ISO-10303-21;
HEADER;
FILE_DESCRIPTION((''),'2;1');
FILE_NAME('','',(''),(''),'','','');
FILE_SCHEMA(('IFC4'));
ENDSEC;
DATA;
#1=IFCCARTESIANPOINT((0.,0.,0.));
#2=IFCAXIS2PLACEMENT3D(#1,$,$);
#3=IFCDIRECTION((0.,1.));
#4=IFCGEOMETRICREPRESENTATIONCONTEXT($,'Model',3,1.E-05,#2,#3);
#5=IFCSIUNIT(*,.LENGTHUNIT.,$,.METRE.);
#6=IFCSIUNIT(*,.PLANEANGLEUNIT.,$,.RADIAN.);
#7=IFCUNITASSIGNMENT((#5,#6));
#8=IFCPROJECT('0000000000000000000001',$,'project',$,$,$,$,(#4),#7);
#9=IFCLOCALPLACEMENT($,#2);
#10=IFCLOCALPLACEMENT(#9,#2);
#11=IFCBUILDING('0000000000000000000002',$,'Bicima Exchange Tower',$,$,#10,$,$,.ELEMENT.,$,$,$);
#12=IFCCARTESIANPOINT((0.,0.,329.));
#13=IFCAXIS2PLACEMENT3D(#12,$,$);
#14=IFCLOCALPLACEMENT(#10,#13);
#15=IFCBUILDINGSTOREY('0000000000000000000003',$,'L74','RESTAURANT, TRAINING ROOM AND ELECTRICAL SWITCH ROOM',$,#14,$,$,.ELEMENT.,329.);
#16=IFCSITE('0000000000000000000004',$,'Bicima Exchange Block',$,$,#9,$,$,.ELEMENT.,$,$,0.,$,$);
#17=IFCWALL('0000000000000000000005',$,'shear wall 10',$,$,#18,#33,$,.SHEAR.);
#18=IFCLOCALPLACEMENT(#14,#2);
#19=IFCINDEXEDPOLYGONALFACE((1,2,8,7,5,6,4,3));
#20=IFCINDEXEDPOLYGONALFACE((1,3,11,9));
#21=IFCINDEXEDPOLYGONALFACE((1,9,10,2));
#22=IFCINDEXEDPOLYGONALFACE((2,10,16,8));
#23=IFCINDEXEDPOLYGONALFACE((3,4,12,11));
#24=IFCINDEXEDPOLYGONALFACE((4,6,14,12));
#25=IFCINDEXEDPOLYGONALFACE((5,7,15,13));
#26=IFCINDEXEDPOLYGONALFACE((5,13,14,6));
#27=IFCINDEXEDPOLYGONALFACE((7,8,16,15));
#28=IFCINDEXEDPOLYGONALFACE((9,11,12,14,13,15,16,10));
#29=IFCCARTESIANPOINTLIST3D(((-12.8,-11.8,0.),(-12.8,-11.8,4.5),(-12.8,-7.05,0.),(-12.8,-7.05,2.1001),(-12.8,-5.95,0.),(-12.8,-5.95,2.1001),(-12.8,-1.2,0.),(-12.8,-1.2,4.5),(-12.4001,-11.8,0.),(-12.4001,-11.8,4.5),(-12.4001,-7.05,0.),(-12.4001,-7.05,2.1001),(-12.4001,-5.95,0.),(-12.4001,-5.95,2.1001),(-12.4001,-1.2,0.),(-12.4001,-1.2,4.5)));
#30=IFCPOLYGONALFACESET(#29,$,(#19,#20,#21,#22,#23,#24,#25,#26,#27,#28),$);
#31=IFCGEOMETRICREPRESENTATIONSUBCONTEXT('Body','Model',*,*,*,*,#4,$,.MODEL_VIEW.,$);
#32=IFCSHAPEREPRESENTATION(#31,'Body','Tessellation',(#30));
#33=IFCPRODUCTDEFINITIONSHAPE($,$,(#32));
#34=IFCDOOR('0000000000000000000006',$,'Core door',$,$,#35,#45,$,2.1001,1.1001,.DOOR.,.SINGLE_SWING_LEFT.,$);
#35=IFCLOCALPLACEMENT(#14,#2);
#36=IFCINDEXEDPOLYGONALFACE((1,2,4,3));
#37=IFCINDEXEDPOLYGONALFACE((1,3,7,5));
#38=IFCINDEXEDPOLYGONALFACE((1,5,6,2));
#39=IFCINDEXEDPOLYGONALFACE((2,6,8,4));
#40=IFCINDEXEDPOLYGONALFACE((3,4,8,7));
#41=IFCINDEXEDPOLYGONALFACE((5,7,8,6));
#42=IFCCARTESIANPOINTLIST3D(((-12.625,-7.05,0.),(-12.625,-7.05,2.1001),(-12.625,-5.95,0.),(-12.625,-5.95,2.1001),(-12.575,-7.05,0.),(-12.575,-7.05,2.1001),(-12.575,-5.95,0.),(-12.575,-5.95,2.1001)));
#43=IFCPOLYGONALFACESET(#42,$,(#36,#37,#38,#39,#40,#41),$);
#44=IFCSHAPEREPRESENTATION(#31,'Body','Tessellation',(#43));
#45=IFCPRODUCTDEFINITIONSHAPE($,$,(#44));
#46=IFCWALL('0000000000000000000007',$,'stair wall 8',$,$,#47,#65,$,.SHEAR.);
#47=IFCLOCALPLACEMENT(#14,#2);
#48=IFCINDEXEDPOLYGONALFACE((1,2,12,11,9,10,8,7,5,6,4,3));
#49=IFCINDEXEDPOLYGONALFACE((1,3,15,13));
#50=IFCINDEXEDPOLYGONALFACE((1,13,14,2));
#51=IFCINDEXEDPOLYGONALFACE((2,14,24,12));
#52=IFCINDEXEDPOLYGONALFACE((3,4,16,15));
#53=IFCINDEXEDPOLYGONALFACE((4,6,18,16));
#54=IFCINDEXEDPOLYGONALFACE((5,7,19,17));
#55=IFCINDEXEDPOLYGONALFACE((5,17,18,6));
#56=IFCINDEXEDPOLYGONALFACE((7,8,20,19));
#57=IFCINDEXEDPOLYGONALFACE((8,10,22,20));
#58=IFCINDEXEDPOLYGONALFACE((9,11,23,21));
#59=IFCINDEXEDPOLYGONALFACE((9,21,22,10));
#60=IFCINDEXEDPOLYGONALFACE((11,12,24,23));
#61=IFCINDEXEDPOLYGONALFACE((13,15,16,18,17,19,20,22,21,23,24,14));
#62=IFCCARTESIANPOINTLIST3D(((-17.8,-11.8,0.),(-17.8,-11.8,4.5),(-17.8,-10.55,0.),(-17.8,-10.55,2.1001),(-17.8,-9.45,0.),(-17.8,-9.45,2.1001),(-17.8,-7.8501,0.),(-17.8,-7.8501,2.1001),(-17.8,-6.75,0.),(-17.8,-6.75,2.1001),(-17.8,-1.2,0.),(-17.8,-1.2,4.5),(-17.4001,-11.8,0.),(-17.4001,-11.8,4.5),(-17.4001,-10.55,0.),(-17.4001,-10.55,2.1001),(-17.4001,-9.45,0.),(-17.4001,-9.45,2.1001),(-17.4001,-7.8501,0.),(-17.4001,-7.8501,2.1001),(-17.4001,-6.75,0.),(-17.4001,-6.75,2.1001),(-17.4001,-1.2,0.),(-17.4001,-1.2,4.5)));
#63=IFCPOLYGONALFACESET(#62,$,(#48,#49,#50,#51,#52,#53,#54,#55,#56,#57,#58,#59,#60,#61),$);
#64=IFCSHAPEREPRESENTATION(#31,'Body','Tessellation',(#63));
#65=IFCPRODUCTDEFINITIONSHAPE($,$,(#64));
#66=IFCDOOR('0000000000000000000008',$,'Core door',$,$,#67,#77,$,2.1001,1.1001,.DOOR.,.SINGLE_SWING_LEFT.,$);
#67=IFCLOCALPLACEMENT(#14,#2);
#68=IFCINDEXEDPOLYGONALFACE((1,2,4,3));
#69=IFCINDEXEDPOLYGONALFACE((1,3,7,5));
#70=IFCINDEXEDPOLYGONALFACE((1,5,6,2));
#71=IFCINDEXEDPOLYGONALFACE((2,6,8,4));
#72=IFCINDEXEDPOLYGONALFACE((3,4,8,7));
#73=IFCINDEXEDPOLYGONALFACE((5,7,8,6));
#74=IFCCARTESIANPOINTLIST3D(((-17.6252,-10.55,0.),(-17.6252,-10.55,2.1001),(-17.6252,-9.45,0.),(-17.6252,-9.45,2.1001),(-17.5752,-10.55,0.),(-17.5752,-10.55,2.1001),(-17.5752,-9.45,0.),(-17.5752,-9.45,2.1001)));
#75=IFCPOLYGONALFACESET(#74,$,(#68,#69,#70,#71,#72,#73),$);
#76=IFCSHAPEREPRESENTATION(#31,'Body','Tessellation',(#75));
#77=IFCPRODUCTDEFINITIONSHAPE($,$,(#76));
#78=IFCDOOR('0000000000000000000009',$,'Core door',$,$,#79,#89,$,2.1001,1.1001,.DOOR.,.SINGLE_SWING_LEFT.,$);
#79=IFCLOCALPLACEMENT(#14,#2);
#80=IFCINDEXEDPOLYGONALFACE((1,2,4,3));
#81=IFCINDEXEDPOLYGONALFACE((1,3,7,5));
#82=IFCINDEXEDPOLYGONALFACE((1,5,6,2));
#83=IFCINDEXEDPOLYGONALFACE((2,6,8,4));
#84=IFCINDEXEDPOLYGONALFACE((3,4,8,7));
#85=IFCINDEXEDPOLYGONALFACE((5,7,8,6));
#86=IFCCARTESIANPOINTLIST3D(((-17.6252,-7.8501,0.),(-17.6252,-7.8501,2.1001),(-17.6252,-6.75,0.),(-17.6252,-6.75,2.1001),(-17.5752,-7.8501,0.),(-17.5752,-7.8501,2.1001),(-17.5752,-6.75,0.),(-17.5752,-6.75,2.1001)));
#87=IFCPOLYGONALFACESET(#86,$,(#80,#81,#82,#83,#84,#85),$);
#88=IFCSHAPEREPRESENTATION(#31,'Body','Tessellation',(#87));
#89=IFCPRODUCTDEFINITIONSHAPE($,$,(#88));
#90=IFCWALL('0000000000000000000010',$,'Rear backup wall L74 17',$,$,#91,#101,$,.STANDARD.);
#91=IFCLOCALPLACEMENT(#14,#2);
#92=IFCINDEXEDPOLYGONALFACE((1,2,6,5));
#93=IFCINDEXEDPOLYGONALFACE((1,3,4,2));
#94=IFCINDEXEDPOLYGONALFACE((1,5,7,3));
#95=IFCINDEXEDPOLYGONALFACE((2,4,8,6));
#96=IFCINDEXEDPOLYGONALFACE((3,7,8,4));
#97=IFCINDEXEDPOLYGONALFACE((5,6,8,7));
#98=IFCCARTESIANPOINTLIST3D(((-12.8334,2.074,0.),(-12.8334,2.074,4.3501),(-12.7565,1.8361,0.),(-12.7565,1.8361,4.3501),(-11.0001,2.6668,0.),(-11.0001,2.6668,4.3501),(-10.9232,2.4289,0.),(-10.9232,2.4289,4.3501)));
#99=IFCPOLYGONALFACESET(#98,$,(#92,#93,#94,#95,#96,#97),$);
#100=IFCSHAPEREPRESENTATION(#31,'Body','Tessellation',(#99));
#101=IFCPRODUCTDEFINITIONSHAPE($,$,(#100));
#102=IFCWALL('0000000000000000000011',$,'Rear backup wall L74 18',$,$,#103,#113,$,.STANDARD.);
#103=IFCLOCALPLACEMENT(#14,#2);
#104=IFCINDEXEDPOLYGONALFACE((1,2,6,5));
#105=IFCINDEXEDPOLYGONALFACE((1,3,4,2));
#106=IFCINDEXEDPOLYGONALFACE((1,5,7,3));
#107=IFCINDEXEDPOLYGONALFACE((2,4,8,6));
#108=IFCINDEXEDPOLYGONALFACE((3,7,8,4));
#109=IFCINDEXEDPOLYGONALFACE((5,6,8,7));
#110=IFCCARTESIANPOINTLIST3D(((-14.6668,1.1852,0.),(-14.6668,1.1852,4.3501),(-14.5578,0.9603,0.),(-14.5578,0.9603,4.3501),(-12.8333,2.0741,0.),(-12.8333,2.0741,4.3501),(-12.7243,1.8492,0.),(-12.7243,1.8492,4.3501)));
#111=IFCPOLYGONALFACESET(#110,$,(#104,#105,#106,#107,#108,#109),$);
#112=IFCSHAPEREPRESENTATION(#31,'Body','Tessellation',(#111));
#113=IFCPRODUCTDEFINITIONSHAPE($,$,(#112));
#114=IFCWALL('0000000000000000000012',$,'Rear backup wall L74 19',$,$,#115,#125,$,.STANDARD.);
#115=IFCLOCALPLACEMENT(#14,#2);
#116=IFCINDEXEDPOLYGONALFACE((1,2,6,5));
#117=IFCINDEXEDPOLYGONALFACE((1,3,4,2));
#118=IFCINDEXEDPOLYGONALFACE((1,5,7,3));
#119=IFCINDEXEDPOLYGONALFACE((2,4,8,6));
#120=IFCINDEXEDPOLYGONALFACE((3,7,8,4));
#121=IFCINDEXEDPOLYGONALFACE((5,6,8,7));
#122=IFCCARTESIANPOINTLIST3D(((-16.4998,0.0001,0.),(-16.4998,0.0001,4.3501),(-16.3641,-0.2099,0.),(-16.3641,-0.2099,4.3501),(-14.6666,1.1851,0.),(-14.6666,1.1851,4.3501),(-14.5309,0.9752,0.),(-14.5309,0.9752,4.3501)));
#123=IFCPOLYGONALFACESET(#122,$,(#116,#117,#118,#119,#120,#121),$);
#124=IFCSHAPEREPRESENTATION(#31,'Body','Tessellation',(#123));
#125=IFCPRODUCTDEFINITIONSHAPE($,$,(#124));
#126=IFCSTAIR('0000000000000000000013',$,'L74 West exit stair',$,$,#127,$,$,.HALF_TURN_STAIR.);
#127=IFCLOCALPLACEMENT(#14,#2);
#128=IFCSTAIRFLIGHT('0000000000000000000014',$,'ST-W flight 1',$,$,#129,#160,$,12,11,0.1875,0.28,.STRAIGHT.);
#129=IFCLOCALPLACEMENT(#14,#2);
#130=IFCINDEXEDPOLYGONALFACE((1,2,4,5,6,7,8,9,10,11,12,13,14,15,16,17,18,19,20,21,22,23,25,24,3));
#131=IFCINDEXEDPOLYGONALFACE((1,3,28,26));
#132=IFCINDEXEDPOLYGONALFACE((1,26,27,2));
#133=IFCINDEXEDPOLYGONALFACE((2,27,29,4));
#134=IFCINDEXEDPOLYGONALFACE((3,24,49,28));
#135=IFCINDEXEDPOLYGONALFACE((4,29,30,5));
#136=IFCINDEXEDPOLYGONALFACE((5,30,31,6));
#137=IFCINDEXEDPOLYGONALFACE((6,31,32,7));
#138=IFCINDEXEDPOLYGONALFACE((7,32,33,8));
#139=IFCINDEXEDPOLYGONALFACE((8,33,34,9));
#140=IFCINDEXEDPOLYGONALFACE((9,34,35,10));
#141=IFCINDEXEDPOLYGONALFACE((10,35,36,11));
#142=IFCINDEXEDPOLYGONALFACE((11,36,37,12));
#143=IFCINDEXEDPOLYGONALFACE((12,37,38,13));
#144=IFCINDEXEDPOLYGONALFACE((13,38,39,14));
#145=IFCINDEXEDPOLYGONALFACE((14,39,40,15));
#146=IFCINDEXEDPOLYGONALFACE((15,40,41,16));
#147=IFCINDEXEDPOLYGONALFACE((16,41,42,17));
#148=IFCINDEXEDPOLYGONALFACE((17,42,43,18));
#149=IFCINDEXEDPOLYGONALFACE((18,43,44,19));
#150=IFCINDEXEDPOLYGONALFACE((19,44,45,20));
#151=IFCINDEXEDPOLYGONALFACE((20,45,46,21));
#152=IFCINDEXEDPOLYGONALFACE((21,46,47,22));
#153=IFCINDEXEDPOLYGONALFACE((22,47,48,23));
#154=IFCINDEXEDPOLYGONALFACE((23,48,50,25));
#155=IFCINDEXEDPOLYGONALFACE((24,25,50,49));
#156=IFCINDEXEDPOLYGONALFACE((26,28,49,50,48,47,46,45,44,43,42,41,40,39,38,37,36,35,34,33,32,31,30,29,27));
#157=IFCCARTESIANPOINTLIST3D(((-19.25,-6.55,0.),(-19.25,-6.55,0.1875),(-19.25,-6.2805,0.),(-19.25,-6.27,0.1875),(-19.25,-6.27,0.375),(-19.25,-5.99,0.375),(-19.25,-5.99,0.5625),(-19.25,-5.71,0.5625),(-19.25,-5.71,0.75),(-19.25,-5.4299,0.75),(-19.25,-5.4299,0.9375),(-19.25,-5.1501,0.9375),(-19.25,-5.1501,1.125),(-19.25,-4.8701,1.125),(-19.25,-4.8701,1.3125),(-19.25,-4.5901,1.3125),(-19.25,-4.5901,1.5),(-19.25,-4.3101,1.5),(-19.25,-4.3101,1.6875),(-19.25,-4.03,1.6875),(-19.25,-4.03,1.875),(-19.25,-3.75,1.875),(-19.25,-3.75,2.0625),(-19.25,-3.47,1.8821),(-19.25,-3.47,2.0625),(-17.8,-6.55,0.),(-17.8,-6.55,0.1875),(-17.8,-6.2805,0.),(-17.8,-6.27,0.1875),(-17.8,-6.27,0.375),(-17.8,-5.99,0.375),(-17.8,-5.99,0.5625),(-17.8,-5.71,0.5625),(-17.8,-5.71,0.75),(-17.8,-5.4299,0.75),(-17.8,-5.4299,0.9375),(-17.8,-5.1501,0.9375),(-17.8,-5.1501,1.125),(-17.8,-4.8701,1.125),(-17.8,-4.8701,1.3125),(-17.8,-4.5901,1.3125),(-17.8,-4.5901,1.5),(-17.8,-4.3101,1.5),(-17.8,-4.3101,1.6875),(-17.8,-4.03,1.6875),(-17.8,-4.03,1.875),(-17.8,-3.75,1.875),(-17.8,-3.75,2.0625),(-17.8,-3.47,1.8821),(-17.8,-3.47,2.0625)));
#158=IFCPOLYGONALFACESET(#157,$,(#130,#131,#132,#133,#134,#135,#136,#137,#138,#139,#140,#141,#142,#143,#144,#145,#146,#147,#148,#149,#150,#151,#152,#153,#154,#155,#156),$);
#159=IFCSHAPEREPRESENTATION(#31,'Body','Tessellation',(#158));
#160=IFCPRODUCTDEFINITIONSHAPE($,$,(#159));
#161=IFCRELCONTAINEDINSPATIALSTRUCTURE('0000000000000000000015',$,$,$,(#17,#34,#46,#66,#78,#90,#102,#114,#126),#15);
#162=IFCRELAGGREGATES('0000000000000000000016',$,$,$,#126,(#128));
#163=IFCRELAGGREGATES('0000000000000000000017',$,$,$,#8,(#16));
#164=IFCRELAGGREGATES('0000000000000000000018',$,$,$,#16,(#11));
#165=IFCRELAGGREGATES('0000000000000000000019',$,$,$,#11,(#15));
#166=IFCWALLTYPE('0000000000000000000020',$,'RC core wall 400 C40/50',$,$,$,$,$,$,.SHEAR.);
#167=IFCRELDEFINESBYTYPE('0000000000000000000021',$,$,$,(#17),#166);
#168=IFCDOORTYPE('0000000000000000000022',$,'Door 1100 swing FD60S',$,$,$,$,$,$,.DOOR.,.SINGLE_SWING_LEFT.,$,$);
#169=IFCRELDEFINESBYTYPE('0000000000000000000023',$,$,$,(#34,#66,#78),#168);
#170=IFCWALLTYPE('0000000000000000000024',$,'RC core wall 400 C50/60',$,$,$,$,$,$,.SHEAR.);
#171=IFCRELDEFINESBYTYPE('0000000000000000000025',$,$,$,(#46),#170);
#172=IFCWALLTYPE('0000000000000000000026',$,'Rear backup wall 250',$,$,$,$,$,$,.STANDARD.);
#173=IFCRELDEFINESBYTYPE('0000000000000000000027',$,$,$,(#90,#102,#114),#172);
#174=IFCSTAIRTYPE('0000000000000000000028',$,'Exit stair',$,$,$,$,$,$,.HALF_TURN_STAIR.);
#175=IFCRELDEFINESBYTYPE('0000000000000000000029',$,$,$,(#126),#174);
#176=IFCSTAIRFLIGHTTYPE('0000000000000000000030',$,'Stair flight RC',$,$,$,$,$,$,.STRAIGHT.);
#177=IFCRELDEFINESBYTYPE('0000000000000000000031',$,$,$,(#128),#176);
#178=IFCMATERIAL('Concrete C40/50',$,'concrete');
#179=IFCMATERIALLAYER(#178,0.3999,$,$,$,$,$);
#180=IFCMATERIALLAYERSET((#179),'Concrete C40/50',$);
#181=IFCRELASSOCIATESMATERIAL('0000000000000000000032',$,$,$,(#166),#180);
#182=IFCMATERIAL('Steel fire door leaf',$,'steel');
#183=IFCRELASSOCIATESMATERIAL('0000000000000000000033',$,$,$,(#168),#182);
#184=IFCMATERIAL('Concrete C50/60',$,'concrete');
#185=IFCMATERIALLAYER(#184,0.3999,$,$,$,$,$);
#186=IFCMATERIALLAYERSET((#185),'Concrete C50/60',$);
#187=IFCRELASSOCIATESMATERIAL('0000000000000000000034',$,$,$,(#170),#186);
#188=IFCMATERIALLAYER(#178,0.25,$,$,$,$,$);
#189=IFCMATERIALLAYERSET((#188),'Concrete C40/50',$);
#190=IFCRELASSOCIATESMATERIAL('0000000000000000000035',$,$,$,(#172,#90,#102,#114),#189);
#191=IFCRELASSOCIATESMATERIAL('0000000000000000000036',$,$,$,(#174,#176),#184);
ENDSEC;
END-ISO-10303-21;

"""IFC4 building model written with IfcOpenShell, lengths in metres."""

from ifc_helpers import new_model, si_unit, direction, frame, frame_2d, origin, place, context, subcontext, project, spatial, polyline, rectangle, outline, extrude, material, layer, layer_set, layer_usage, type_object, element, fill, aggregate, save


model = new_model("IFC4")

# Units and contexts
model_context = context("Model", 3, precision=1e-05, world=origin(), true_north=direction((0.0, 1.0)))
body_context = subcontext(model_context, "Body", "Model", "MODEL_VIEW")
ifc_project = project(units=[si_unit("LENGTHUNIT", "METRE"), si_unit("PLANEANGLEUNIT", "RADIAN")], contexts=[model_context])

# Site, building, storey
site_placement = place(None, origin())
site = spatial("IfcSite", under=ifc_project, at=site_placement, Name="Bicima Exchange Block", CompositionType="ELEMENT", RefElevation=0.0)
building_placement = place(site_placement, origin())
building = spatial("IfcBuilding", under=site, at=building_placement, Name="Bicima Exchange Tower", CompositionType="ELEMENT")
storey_placement = place(building_placement, frame((0.0, 0.0, 329.0)))
storey = spatial("IfcBuildingStorey", under=building, at=storey_placement, Name="L74", Description="RESTAURANT, TRAINING ROOM AND ELECTRICAL SWITCH ROOM", CompositionType="ELEMENT", Elevation=329.0)

# Shared definitions
ifc_material_1 = material(Name="Concrete C40/50", Category="concrete")
ifc_layer_1 = layer(ifc_material_1, 0.3999)
ifc_layer_set_1 = layer_set([ifc_layer_1], Name="Concrete C40/50")
wall_type_1 = type_object("IfcWallType", Name="RC core wall 400 C40/50", PredefinedType="SHEAR", material=ifc_layer_set_1)

# Shared definitions
ifc_material_2 = material(Name="Steel fire door leaf", Category="steel")

# Wall, opening, door
wall_1_placement = place(storey_placement, frame((-12.6001, -11.8, 0.0), z_axis=(0.0, 0.0, 1.0), x_axis=(0.0, 1.0, 0.0)))
wall_1 = element("IfcWall", 1, at=wall_1_placement, inside=storey, type_object=wall_type_1, Name="shear wall 10", PredefinedType="SHEAR", context=body_context, shape_type="SweptSolid", body=[
    extrude(rectangle(XDim=10.6001, YDim=0.3999, at=frame_2d((5.3, 0.0))), origin(), (0.0, 0.0, 1.0), 4.5),
])
opening_1_placement = place(wall_1_placement, frame((4.75, 0.0, 0.0)))
opening_1 = element("IfcOpeningElement", 2, at=opening_1_placement, cuts=wall_1, PredefinedType="OPENING", context=body_context, shape_type="SweptSolid", body=[
    extrude(rectangle(XDim=1.1001, YDim=2.1001, at=frame_2d((0.55, 1.05))), frame((0.0, 0.2119, 0.0), z_axis=(0.0, -1.0, 0.0), x_axis=(1.0, 0.0, 0.0)), (0.0, 0.0, 1.0), 0.4238),
])
door_type_1 = type_object("IfcDoorType", Name="Door 1100 swing FD60S", OperationType="SINGLE_SWING_LEFT", PredefinedType="DOOR", material=ifc_material_2)
door_1_placement = place(opening_1_placement, origin())
door_1 = element("IfcDoor", 3, at=door_1_placement, inside=storey, type_object=door_type_1, Name="Core door", OperationType="SINGLE_SWING_LEFT", OverallHeight=2.1001, OverallWidth=1.1001, PredefinedType="DOOR", context=body_context, shape_type="SweptSolid", body=[
    extrude(rectangle(XDim=1.1001, YDim=2.1001, at=frame_2d((0.55, 1.05))), frame((0.0, 0.0249, 0.0), z_axis=(0.0, -1.0, 0.0), x_axis=(1.0, 0.0, 0.0)), (0.0, 0.0, 1.0), 0.05),
])
fill(opening_1, door_1)

# Wall, openings, doors
ifc_material_3 = material(Name="Concrete C50/60", Category="concrete")
ifc_layer_2 = layer(ifc_material_3, 0.3999)
ifc_layer_set_2 = layer_set([ifc_layer_2], Name="Concrete C50/60")
wall_type_2 = type_object("IfcWallType", Name="RC core wall 400 C50/60", PredefinedType="SHEAR", material=ifc_layer_set_2)
wall_2_placement = place(storey_placement, frame((-17.6001, -11.8, 0.0), z_axis=(0.0, 0.0, 1.0), x_axis=(0.0, 1.0, 0.0)))
wall_2 = element("IfcWall", 4, at=wall_2_placement, inside=storey, type_object=wall_type_2, Name="stair wall 8", PredefinedType="SHEAR", context=body_context, shape_type="SweptSolid", body=[
    extrude(rectangle(XDim=10.6001, YDim=0.3999, at=frame_2d((5.3, 0.0))), origin(), (0.0, 0.0, 1.0), 4.5),
])
opening_2_placement = place(wall_2_placement, frame((1.25, 0.0, 0.0)))
opening_2 = element("IfcOpeningElement", 5, at=opening_2_placement, cuts=wall_2, PredefinedType="OPENING", context=body_context, shape_type="SweptSolid", body=[
    extrude(rectangle(XDim=1.1001, YDim=2.1001, at=frame_2d((0.55, 1.05))), frame((0.0, 0.2119, 0.0), z_axis=(0.0, -1.0, 0.0), x_axis=(1.0, 0.0, 0.0)), (0.0, 0.0, 1.0), 0.4238),
])
opening_3_placement = place(wall_2_placement, frame((3.95, 0.0, 0.0)))
opening_3 = element("IfcOpeningElement", 6, at=opening_3_placement, cuts=wall_2, PredefinedType="OPENING", context=body_context, shape_type="SweptSolid", body=[
    extrude(rectangle(XDim=1.1001, YDim=2.1001, at=frame_2d((0.55, 1.05))), frame((0.0, 0.2119, 0.0), z_axis=(0.0, -1.0, 0.0), x_axis=(1.0, 0.0, 0.0)), (0.0, 0.0, 1.0), 0.4238),
])
door_2_placement = place(opening_2_placement, frame((1.1001, 0.0, 0.0), z_axis=(0.0, 0.0, 1.0), x_axis=(-1.0, 0.0, 0.0)))
door_2 = element("IfcDoor", 7, at=door_2_placement, inside=storey, type_object=door_type_1, Name="Core door", OperationType="SINGLE_SWING_LEFT", OverallHeight=2.1001, OverallWidth=1.1001, PredefinedType="DOOR", context=body_context, shape_type="SweptSolid", body=[
    extrude(rectangle(XDim=1.1001, YDim=2.1001, at=frame_2d((0.55, 1.05))), frame((0.0, 0.0249, 0.0), z_axis=(0.0, -1.0, 0.0), x_axis=(1.0, 0.0, 0.0)), (0.0, 0.0, 1.0), 0.05),
])
fill(opening_2, door_2)
door_3_placement = place(opening_3_placement, frame((1.1001, 0.0, 0.0), z_axis=(0.0, 0.0, 1.0), x_axis=(-1.0, 0.0, 0.0)))
door_3 = element("IfcDoor", 8, at=door_3_placement, inside=storey, type_object=door_type_1, Name="Core door", OperationType="SINGLE_SWING_LEFT", OverallHeight=2.1001, OverallWidth=1.1001, PredefinedType="DOOR", context=body_context, shape_type="SweptSolid", body=[
    extrude(rectangle(XDim=1.1001, YDim=2.1001, at=frame_2d((0.55, 1.05))), frame((0.0, 0.0249, 0.0), z_axis=(0.0, -1.0, 0.0), x_axis=(1.0, 0.0, 0.0)), (0.0, 0.0, 1.0), 0.05),
])
fill(opening_3, door_3)

# Walls
ifc_layer_3 = layer(ifc_material_1, 0.25)
ifc_layer_set_3 = layer_set([ifc_layer_3], Name="Concrete C40/50")
ifc_layer_usage = layer_usage(ifc_layer_set_3, "AXIS2", "POSITIVE", -0.125)
wall_type_3 = type_object("IfcWallType", Name="Rear backup wall 250", PredefinedType="STANDARD", material=ifc_layer_set_3)
wall_3_placement = place(storey_placement, frame((-10.9617, 2.5479, 0.0), z_axis=(0.0, 0.0, 1.0), x_axis=(-0.951496, -0.307662, 0.0)))
element("IfcWall", 9, at=wall_3_placement, inside=storey, type_object=wall_type_3, material=ifc_layer_usage, Name="Rear backup wall L74 17", PredefinedType="STANDARD", context=body_context, shape_type="SweptSolid", body=[
    extrude(rectangle(XDim=1.9268, YDim=0.25, at=frame_2d((0.9634, 0.0))), origin(), (0.0, 0.0, 1.0), 4.3501),
])
wall_4_placement = place(storey_placement, frame((-12.7788, 1.9617, 0.0), z_axis=(0.0, 0.0, 1.0), x_axis=(-0.899824, -0.436253, 0.0)))
element("IfcWall", 10, at=wall_4_placement, inside=storey, type_object=wall_type_3, material=ifc_layer_usage, Name="Rear backup wall L74 18", PredefinedType="STANDARD", context=body_context, shape_type="SweptSolid", body=[
    extrude(rectangle(XDim=2.0376, YDim=0.25, at=frame_2d((1.0188, 0.0))), origin(), (0.0, 0.0, 1.0), 4.3501),
])
wall_5_placement = place(storey_placement, frame((-14.5989, 1.0801, 0.0), z_axis=(0.0, 0.0, 1.0), x_axis=(-0.839813, -0.542876, 0.0)))
element("IfcWall", 11, at=wall_5_placement, inside=storey, type_object=wall_type_3, material=ifc_layer_usage, Name="Rear backup wall L74 19", PredefinedType="STANDARD", context=body_context, shape_type="SweptSolid", body=[
    extrude(rectangle(XDim=2.1829, YDim=0.25, at=frame_2d((1.0913, 0.0))), origin(), (0.0, 0.0, 1.0), 4.3501),
])

# Stair, stair flight
stair_type = type_object("IfcStairType", Name="Exit stair", PredefinedType="HALF_TURN_STAIR", material=ifc_material_3)
stair_placement = place(storey_placement, origin())
stair = element("IfcStair", 12, at=stair_placement, inside=storey, type_object=stair_type, Name="L74 West exit stair", PredefinedType="HALF_TURN_STAIR")
stair_flight_type = type_object("IfcStairFlightType", Name="Stair flight RC", PredefinedType="STRAIGHT", material=ifc_material_3)
stair_flight_1_placement = place(storey_placement, frame((-18.5249, -6.55, 0.0), z_axis=(0.0, 0.0, 1.0), x_axis=(0.0, 1.0, 0.0)))
stair_flight_1 = element("IfcStairFlight", 13, at=stair_flight_1_placement, type_object=stair_flight_type, Name="ST-W flight 1", NumberOfRisers=12, NumberOfTreads=11, PredefinedType="STRAIGHT", RiserHeight=0.1875, TreadLength=0.28, context=body_context, shape_type="SweptSolid", body=[
    extrude(outline(polyline([(0.0, 0.0), (0.0, 0.1875), (0.28, 0.1875), (0.28, 0.375), (0.5601, 0.375), (0.5601, 0.5625), (0.8401, 0.5625), (0.8401, 0.75), (1.1201, 0.75), (1.1201, 0.9375), (1.3999, 0.9375), (1.3999, 1.125), (1.6799, 1.125), (1.6799, 1.3125), (1.96, 1.3125), (1.96, 1.5), (2.24, 1.5), (2.24, 1.6875), (2.52, 1.6875), (2.52, 1.875), (2.8, 1.875), (2.8, 2.0625), (3.0801, 2.0625), (3.0801, 2.25), (3.0801, 1.8821), (0.2695, 0.0), (0.0, 0.0)])), frame((0.0, 0.7251, 0.0), z_axis=(0.0, -1.0, 0.0), x_axis=(1.0, 0.0, 0.0)), (0.0, 0.0, 1.0), 1.45),
])
aggregate(stair, [stair_flight_1])

save(model, "model.ifc")
